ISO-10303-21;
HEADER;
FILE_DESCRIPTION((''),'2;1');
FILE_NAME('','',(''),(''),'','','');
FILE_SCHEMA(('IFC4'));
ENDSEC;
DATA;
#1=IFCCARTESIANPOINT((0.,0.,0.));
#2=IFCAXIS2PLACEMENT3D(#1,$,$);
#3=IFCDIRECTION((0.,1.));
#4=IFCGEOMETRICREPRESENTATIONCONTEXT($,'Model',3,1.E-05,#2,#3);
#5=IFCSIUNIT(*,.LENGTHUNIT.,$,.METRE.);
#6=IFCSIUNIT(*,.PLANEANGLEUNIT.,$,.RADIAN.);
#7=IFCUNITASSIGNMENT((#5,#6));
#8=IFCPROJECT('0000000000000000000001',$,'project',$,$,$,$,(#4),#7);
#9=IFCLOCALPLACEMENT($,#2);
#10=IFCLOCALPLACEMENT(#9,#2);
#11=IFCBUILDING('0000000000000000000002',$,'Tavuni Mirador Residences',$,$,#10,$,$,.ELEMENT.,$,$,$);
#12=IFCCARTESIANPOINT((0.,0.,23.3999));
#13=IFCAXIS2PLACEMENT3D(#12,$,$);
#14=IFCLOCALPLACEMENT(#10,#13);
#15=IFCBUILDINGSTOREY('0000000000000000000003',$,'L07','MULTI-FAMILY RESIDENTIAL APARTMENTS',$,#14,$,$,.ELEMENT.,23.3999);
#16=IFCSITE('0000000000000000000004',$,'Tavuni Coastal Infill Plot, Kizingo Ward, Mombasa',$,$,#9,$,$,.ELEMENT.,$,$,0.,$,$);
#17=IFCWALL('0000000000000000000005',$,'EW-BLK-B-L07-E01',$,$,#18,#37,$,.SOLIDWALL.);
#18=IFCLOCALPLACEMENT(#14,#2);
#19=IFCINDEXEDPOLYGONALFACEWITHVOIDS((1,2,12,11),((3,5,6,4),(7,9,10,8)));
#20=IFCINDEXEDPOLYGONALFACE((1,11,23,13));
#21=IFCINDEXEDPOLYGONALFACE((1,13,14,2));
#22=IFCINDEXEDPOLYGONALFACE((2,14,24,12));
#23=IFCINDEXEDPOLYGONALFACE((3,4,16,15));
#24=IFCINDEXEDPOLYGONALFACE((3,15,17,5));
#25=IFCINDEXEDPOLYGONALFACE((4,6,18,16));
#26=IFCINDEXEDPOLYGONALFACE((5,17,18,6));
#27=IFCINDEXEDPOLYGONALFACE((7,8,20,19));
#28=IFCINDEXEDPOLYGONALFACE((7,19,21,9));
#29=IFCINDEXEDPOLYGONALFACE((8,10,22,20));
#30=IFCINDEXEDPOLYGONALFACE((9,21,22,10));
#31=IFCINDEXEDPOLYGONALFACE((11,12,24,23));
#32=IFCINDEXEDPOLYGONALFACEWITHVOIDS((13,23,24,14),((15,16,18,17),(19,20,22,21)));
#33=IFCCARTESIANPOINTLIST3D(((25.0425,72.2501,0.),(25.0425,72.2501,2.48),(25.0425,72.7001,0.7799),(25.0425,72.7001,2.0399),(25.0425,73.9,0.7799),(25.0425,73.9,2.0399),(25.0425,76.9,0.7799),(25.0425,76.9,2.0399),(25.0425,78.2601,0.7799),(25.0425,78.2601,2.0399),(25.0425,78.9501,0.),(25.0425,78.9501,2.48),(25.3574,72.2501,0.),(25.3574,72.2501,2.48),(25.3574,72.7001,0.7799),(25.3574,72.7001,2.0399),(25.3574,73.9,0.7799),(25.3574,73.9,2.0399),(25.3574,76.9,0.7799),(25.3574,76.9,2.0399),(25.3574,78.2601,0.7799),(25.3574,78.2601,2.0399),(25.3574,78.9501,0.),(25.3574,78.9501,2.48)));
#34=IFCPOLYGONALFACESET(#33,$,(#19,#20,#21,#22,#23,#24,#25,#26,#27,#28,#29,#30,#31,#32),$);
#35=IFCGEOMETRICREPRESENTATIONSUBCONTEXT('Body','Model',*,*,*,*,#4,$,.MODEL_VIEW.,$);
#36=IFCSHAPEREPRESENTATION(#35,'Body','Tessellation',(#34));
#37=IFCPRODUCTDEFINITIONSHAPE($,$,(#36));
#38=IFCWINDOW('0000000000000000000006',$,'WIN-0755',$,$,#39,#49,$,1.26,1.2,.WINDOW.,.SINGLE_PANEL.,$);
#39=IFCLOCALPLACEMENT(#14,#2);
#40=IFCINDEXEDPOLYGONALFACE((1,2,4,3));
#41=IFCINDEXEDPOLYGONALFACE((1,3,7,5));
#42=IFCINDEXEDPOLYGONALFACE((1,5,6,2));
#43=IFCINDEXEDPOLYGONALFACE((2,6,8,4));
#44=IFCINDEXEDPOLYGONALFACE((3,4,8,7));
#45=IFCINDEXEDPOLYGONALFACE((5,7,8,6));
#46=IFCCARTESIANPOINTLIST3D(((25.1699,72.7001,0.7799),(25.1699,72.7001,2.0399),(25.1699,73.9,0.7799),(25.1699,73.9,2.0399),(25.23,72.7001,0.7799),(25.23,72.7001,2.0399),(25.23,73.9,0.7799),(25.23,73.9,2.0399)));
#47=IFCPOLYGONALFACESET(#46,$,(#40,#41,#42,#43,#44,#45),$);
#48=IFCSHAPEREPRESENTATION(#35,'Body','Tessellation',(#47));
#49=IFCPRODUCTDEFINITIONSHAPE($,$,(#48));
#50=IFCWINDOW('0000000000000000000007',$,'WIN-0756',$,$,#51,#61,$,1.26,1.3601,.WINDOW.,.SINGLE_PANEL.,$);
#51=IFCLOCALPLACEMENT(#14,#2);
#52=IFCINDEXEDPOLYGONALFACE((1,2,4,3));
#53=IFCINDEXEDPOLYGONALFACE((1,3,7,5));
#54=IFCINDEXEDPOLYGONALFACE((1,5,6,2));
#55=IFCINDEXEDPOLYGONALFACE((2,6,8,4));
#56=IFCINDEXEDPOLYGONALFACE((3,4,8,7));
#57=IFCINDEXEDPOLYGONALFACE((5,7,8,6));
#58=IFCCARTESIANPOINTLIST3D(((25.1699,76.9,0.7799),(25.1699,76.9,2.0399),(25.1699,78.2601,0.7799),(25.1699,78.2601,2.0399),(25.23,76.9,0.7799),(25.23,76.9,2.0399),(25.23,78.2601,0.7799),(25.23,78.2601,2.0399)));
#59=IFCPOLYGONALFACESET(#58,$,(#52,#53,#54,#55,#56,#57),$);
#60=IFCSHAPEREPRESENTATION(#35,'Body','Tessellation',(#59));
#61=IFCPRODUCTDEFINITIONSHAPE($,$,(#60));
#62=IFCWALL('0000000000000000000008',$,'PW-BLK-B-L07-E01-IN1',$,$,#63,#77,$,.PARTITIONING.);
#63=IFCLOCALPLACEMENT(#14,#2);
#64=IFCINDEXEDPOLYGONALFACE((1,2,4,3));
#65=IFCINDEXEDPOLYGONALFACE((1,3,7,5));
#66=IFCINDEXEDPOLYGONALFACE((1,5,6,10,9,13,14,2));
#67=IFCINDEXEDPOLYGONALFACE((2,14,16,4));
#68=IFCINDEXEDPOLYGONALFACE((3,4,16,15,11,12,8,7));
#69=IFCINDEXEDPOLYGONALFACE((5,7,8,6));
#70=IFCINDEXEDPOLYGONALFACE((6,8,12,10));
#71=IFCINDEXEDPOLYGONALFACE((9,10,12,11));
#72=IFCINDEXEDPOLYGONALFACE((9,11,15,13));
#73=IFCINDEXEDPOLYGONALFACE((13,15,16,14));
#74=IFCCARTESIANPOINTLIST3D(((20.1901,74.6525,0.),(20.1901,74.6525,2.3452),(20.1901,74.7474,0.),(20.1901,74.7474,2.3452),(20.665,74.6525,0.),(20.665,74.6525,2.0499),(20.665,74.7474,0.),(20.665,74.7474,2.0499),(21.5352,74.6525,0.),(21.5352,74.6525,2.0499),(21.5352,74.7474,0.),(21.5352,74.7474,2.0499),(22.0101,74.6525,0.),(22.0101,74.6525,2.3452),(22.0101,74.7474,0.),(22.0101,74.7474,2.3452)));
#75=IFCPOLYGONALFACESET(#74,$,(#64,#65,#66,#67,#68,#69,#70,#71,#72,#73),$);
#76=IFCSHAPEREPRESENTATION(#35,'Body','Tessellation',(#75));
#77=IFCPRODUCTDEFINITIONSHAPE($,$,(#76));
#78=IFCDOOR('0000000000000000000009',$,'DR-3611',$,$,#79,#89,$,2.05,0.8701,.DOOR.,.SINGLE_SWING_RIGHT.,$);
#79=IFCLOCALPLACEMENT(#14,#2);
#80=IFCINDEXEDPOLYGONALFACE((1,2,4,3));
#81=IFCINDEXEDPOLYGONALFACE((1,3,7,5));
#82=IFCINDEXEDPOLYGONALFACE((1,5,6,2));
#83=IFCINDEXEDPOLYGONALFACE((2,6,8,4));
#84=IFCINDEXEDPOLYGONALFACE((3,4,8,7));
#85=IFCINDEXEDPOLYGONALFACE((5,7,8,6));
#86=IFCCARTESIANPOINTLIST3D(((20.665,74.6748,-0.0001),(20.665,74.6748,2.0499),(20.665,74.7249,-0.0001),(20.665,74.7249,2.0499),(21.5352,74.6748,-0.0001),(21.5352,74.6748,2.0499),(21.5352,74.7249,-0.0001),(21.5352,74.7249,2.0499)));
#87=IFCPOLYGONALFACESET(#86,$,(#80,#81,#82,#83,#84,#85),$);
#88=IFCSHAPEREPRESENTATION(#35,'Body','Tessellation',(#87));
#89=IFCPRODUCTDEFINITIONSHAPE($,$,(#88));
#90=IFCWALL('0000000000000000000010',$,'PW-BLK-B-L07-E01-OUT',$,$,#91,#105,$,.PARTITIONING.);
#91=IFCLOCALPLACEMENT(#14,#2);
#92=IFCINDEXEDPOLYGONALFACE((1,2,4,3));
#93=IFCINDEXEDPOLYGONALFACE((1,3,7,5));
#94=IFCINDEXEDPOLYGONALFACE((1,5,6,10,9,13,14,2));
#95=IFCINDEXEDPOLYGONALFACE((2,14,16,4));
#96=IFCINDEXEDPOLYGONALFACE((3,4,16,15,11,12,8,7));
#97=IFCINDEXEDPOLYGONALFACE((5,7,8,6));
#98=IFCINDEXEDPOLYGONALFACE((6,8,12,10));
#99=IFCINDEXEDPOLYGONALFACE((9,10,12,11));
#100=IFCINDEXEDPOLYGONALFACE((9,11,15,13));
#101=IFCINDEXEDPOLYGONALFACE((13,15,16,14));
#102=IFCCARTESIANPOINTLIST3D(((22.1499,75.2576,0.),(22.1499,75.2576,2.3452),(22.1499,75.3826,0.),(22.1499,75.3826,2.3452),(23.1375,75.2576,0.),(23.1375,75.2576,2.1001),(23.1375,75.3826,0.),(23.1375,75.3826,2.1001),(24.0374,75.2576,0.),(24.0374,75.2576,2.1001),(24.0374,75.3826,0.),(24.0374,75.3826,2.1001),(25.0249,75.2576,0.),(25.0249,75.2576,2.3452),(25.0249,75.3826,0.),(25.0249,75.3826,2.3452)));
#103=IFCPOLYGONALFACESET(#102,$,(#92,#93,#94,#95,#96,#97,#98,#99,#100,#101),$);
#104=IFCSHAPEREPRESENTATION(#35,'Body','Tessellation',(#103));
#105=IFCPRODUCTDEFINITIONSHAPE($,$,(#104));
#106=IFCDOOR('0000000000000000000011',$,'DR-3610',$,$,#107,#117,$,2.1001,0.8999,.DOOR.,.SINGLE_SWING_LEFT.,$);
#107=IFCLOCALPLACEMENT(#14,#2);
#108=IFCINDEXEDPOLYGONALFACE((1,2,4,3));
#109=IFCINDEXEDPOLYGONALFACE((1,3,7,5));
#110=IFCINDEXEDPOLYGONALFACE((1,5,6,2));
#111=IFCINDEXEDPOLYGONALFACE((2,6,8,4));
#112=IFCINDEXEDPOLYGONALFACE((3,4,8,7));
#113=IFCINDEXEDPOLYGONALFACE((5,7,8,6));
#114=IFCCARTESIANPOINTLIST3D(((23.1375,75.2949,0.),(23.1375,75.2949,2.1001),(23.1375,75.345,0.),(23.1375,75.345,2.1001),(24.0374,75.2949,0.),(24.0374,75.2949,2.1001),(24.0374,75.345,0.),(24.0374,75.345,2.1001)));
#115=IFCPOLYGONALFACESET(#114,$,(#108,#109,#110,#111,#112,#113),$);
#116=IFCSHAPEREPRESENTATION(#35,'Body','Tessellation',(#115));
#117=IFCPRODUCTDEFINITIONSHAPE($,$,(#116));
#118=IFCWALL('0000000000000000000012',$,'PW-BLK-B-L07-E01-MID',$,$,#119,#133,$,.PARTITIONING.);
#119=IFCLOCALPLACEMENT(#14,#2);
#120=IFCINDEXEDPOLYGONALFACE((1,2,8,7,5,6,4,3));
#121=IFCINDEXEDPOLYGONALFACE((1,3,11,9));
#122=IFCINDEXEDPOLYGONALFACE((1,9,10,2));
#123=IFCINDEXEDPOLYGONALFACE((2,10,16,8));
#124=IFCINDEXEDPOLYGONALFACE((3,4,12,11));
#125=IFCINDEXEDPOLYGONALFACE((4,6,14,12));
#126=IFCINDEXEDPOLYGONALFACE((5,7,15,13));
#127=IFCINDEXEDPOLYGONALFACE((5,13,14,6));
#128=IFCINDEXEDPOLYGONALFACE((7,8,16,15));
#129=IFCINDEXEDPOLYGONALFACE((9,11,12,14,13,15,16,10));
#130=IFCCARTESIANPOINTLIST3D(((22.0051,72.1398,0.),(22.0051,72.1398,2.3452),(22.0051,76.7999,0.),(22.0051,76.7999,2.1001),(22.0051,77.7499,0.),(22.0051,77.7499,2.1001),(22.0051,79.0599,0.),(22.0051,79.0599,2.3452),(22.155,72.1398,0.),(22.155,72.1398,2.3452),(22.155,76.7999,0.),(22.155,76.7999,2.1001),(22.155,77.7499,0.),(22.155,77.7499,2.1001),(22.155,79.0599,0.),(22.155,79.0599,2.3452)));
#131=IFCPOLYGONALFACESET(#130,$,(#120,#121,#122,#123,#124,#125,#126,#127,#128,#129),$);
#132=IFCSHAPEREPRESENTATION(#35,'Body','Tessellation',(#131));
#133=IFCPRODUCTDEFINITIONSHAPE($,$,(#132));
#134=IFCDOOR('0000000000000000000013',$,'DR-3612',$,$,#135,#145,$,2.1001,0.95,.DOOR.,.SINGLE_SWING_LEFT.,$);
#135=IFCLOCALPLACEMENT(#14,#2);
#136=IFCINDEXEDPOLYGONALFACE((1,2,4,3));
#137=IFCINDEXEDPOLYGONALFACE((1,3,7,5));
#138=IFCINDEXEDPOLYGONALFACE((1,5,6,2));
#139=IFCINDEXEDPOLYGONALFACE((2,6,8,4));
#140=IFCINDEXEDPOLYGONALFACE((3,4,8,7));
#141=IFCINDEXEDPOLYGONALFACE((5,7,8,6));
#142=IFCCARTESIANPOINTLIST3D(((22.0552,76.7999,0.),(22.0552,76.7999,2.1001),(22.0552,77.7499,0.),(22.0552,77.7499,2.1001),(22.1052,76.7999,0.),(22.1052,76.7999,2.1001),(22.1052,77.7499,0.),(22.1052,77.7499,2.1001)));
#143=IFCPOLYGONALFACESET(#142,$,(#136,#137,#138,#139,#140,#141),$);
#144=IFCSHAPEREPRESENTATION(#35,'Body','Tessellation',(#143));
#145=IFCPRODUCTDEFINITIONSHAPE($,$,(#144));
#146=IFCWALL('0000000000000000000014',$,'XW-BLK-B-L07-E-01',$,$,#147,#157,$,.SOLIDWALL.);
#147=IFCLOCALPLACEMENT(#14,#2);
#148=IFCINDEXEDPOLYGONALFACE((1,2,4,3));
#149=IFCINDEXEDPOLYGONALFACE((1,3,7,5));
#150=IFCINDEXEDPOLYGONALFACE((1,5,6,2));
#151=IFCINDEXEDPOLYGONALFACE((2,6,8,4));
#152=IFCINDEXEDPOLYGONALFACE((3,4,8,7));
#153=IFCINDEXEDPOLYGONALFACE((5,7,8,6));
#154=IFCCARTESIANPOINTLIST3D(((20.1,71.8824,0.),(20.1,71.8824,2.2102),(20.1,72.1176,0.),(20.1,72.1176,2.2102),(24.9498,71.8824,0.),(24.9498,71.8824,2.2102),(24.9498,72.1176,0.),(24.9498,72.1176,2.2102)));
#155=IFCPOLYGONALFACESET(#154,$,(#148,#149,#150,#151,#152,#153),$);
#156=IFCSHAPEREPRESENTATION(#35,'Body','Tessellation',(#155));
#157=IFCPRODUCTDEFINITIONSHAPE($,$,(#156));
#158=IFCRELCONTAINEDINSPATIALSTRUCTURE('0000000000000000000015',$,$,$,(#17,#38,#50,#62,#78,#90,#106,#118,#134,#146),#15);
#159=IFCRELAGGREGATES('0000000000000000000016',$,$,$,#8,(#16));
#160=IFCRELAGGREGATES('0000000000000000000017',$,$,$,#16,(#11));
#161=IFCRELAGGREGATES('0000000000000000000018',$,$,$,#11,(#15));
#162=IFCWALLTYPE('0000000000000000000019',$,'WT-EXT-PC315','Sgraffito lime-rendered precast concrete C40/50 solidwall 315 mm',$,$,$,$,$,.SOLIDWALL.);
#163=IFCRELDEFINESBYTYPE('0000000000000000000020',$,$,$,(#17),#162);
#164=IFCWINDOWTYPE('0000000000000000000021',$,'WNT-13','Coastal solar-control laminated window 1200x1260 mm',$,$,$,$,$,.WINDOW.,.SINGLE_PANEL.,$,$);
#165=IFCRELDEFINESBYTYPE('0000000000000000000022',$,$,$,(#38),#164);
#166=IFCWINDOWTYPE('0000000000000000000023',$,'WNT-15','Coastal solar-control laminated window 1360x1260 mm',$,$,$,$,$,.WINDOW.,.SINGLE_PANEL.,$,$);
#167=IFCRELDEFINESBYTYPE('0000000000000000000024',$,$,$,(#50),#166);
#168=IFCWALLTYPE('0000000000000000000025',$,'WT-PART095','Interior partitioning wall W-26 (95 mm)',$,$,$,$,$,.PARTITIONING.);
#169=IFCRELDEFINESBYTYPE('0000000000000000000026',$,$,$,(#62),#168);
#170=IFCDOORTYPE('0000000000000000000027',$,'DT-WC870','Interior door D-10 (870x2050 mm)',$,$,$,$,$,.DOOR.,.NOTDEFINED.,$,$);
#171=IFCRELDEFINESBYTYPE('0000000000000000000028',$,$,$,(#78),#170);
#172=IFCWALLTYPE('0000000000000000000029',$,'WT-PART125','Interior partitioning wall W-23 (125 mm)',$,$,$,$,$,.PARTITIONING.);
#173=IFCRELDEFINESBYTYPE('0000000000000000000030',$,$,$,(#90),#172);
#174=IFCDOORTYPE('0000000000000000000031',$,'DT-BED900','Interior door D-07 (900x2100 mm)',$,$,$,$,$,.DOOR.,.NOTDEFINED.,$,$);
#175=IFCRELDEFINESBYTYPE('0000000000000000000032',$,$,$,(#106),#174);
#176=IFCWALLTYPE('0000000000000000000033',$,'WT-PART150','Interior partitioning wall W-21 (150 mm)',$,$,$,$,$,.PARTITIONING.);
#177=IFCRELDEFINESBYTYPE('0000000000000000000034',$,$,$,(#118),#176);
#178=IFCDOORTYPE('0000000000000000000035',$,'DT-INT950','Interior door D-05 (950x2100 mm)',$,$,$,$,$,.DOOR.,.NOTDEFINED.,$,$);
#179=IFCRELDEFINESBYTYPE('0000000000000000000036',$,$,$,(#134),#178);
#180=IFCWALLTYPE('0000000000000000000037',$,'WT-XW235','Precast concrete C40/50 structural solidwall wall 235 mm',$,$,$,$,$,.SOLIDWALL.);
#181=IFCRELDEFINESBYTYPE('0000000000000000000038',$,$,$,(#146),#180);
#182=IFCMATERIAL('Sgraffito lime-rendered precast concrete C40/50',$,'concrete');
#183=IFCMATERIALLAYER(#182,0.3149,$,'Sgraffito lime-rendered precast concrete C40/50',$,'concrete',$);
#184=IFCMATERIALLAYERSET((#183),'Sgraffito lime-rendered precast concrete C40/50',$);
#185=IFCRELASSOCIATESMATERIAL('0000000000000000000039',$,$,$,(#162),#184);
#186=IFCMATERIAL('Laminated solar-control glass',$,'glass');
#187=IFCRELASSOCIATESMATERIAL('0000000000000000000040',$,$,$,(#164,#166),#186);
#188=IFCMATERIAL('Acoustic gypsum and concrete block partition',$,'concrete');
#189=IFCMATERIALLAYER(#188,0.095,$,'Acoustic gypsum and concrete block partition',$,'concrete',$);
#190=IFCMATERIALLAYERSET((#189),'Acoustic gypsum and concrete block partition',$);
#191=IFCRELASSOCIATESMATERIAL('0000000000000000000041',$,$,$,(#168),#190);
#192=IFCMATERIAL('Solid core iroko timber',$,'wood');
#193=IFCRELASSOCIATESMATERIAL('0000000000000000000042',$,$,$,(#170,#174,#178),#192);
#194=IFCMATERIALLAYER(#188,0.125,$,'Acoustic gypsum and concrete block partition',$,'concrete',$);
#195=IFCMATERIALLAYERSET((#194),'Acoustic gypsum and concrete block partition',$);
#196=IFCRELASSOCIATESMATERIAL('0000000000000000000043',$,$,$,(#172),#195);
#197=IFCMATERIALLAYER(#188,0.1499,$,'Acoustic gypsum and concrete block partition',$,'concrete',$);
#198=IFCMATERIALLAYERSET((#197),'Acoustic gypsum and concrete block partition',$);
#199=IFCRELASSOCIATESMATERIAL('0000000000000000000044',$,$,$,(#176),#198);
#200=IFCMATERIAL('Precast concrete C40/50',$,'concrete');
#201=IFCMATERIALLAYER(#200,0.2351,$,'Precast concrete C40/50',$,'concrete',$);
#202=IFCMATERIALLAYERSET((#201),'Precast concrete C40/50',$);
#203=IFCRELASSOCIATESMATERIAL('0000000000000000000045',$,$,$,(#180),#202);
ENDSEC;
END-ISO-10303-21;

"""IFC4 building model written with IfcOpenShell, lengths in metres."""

from ifc_helpers import new_model, si_unit, direction, frame, frame_2d, origin, place, context, subcontext, project, spatial, rectangle, extrude, material, layer, layer_set, type_object, element, fill, save


model = new_model("IFC4")

# Units and contexts
model_context = context("Model", 3, precision=1e-05, world=origin(), true_north=direction((0.0, 1.0)))
body_context = subcontext(model_context, "Body", "Model", "MODEL_VIEW")
ifc_project = project(units=[si_unit("LENGTHUNIT", "METRE"), si_unit("PLANEANGLEUNIT", "RADIAN")], contexts=[model_context])

# Site, building, storey
site_placement = place(None, origin())
site = spatial("IfcSite", under=ifc_project, at=site_placement, Name="Tavuni Coastal Infill Plot, Kizingo Ward, Mombasa", CompositionType="ELEMENT", RefElevation=0.0)
building_placement = place(site_placement, origin())
building = spatial("IfcBuilding", under=site, at=building_placement, Name="Tavuni Mirador Residences", CompositionType="ELEMENT")
storey_placement = place(building_placement, frame((0.0, 0.0, 23.3999)))
storey = spatial("IfcBuildingStorey", under=building, at=storey_placement, Name="L07", Description="MULTI-FAMILY RESIDENTIAL APARTMENTS", CompositionType="ELEMENT", Elevation=23.3999)

# Shared definitions
ifc_material_1 = material(Name="Precast concrete C40/50", Category="concrete")

# Shared definitions
ifc_material_2 = material(Name="Solid core iroko timber", Category="wood")

# Wall, openings, windows
ifc_material_3 = material(Name="Sgraffito lime-rendered precast concrete C40/50", Category="concrete")
ifc_layer_1 = layer(ifc_material_3, 0.3149, Name="Sgraffito lime-rendered precast concrete C40/50", Category="concrete")
ifc_layer_set_1 = layer_set([ifc_layer_1], Name="Sgraffito lime-rendered precast concrete C40/50")
wall_type_1 = type_object("IfcWallType", Name="WT-EXT-PC315", Description="Sgraffito lime-rendered precast concrete C40/50 solidwall 315 mm", PredefinedType="SOLIDWALL", material=ifc_layer_set_1)
wall_1_placement = place(storey_placement, frame((25.2, 72.25, 0.0), z_axis=(0.0, 0.0, 1.0), x_axis=(0.0, 1.0, 0.0)))
wall_1 = element("IfcWall", 1, at=wall_1_placement, inside=storey, type_object=wall_type_1, Name="EW-BLK-B-L07-E01", PredefinedType="SOLIDWALL", context=body_context, shape_type="SweptSolid", body=[
    extrude(rectangle(XDim=6.7, YDim=0.3149, at=frame_2d((3.3501, 0.0))), origin(), (0.0, 0.0, 1.0), 2.48),
])
opening_1_placement = place(wall_1_placement, frame((0.45, 0.0, 0.78)))
opening_1 = element("IfcOpeningElement", 2, at=opening_1_placement, cuts=wall_1, PredefinedType="OPENING", context=body_context, shape_type="SweptSolid", body=[
    extrude(rectangle(XDim=1.2, YDim=1.26, at=frame_2d((0.6001, 0.6299))), frame((0.0, 0.1675, 0.0), z_axis=(0.0, -1.0, 0.0), x_axis=(1.0, 0.0, 0.0)), (0.0, 0.0, 1.0), 0.335),
])
opening_2_placement = place(wall_1_placement, frame((4.6499, 0.0, 0.78)))
opening_2 = element("IfcOpeningElement", 3, at=opening_2_placement, cuts=wall_1, PredefinedType="OPENING", context=body_context, shape_type="SweptSolid", body=[
    extrude(rectangle(XDim=1.3601, YDim=1.26, at=frame_2d((0.6802, 0.6299))), frame((0.0, 0.1675, 0.0), z_axis=(0.0, -1.0, 0.0), x_axis=(1.0, 0.0, 0.0)), (0.0, 0.0, 1.0), 0.335),
])
ifc_material_4 = material(Name="Laminated solar-control glass", Category="glass")
window_type_1 = type_object("IfcWindowType", Name="WNT-13", Description="Coastal solar-control laminated window 1200x1260 mm", PartitioningType="SINGLE_PANEL", PredefinedType="WINDOW", material=ifc_material_4)
window_1_placement = place(opening_1_placement, origin())
window_1 = element("IfcWindow", 4, at=window_1_placement, inside=storey, type_object=window_type_1, Name="WIN-0755", OverallHeight=1.26, OverallWidth=1.2, PartitioningType="SINGLE_PANEL", PredefinedType="WINDOW", context=body_context, shape_type="SweptSolid", body=[
    extrude(rectangle(XDim=1.2, YDim=1.26, at=frame_2d((0.6001, 0.6299))), frame((0.0, 0.03, 0.0), z_axis=(0.0, -1.0, 0.0), x_axis=(1.0, 0.0, 0.0)), (0.0, 0.0, 1.0), 0.0601),
])
fill(opening_1, window_1)
window_type_2 = type_object("IfcWindowType", Name="WNT-15", Description="Coastal solar-control laminated window 1360x1260 mm", PartitioningType="SINGLE_PANEL", PredefinedType="WINDOW", material=ifc_material_4)
window_2_placement = place(opening_2_placement, origin())
window_2 = element("IfcWindow", 5, at=window_2_placement, inside=storey, type_object=window_type_2, Name="WIN-0756", OverallHeight=1.26, OverallWidth=1.3601, PartitioningType="SINGLE_PANEL", PredefinedType="WINDOW", context=body_context, shape_type="SweptSolid", body=[
    extrude(rectangle(XDim=1.3601, YDim=1.26, at=frame_2d((0.6802, 0.6299))), frame((0.0, 0.03, 0.0), z_axis=(0.0, -1.0, 0.0), x_axis=(1.0, 0.0, 0.0)), (0.0, 0.0, 1.0), 0.0601),
])
fill(opening_2, window_2)

# Walls, openings, doors
ifc_material_5 = material(Name="Acoustic gypsum and concrete block partition", Category="concrete")
ifc_layer_2 = layer(ifc_material_5, 0.095, Name="Acoustic gypsum and concrete block partition", Category="concrete")
ifc_layer_set_2 = layer_set([ifc_layer_2], Name="Acoustic gypsum and concrete block partition")
wall_type_2 = type_object("IfcWallType", Name="WT-PART095", Description="Interior partitioning wall W-26 (95 mm)", PredefinedType="PARTITIONING", material=ifc_layer_set_2)
wall_2_placement = place(storey_placement, frame((20.1899, 74.7, 0.0), z_axis=(0.0, 0.0, 1.0), x_axis=(1.0, 0.0, 0.0)))
wall_2 = element("IfcWall", 6, at=wall_2_placement, inside=storey, type_object=wall_type_2, Name="PW-BLK-B-L07-E01-IN1", PredefinedType="PARTITIONING", context=body_context, shape_type="SweptSolid", body=[
    extrude(rectangle(XDim=1.8201, YDim=0.095, at=frame_2d((0.9102, 0.0))), origin(), (0.0, 0.0, 1.0), 2.3452),
])
opening_3_placement = place(wall_2_placement, frame((0.4751, 0.0, 0.0)))
opening_3 = element("IfcOpeningElement", 7, at=opening_3_placement, cuts=wall_2, PredefinedType="OPENING", context=body_context, shape_type="SweptSolid", body=[
    extrude(rectangle(XDim=0.8701, YDim=2.05, at=frame_2d((0.4351, 1.0249))), frame((0.0, 0.0576, 0.0), z_axis=(0.0, -1.0, 0.0), x_axis=(1.0, 0.0, 0.0)), (0.0, 0.0, 1.0), 0.115),
])
door_type_1 = type_object("IfcDoorType", Name="DT-WC870", Description="Interior door D-10 (870x2050 mm)", OperationType="NOTDEFINED", PredefinedType="DOOR", material=ifc_material_2)
door_1_placement = place(opening_3_placement, origin())
door_1 = element("IfcDoor", 8, at=door_1_placement, inside=storey, type_object=door_type_1, Name="DR-3611", OperationType="SINGLE_SWING_RIGHT", OverallHeight=2.05, OverallWidth=0.8701, PredefinedType="DOOR", context=body_context, shape_type="SweptSolid", body=[
    extrude(rectangle(XDim=0.8701, YDim=2.05, at=frame_2d((0.4351, 1.0249))), frame((0.0, 0.0249, 0.0), z_axis=(0.0, -1.0, 0.0), x_axis=(1.0, 0.0, 0.0)), (0.0, 0.0, 1.0), 0.05),
])
fill(opening_3, door_1)
ifc_layer_3 = layer(ifc_material_5, 0.125, Name="Acoustic gypsum and concrete block partition", Category="concrete")
ifc_layer_set_3 = layer_set([ifc_layer_3], Name="Acoustic gypsum and concrete block partition")
wall_type_3 = type_object("IfcWallType", Name="WT-PART125", Description="Interior partitioning wall W-23 (125 mm)", PredefinedType="PARTITIONING", material=ifc_layer_set_3)
wall_3_placement = place(storey_placement, frame((22.1499, 75.3201, 0.0), z_axis=(0.0, 0.0, 1.0), x_axis=(1.0, 0.0, 0.0)))
wall_3 = element("IfcWall", 9, at=wall_3_placement, inside=storey, type_object=wall_type_3, Name="PW-BLK-B-L07-E01-OUT", PredefinedType="PARTITIONING", context=body_context, shape_type="SweptSolid", body=[
    extrude(rectangle(XDim=2.875, YDim=0.125, at=frame_2d((1.4375, 0.0))), origin(), (0.0, 0.0, 1.0), 2.3452),
])
opening_4_placement = place(wall_3_placement, frame((0.9875, 0.0, 0.0)))
opening_4 = element("IfcOpeningElement", 10, at=opening_4_placement, cuts=wall_3, PredefinedType="OPENING", context=body_context, shape_type="SweptSolid", body=[
    extrude(rectangle(XDim=0.8999, YDim=2.1001, at=frame_2d((0.45, 1.05))), frame((0.0, 0.0725, 0.0), z_axis=(0.0, -1.0, 0.0), x_axis=(1.0, 0.0, 0.0)), (0.0, 0.0, 1.0), 0.145),
])
door_type_2 = type_object("IfcDoorType", Name="DT-BED900", Description="Interior door D-07 (900x2100 mm)", OperationType="NOTDEFINED", PredefinedType="DOOR", material=ifc_material_2)
door_2_placement = place(opening_4_placement, origin())
door_2 = element("IfcDoor", 11, at=door_2_placement, inside=storey, type_object=door_type_2, Name="DR-3610", OperationType="SINGLE_SWING_LEFT", OverallHeight=2.1001, OverallWidth=0.8999, PredefinedType="DOOR", context=body_context, shape_type="SweptSolid", body=[
    extrude(rectangle(XDim=0.8999, YDim=2.1001, at=frame_2d((0.45, 1.05))), frame((0.0, 0.0249, 0.0), z_axis=(0.0, -1.0, 0.0), x_axis=(1.0, 0.0, 0.0)), (0.0, 0.0, 1.0), 0.05),
])
fill(opening_4, door_2)
ifc_layer_4 = layer(ifc_material_5, 0.1499, Name="Acoustic gypsum and concrete block partition", Category="concrete")
ifc_layer_set_4 = layer_set([ifc_layer_4], Name="Acoustic gypsum and concrete block partition")
wall_type_4 = type_object("IfcWallType", Name="WT-PART150", Description="Interior partitioning wall W-21 (150 mm)", PredefinedType="PARTITIONING", material=ifc_layer_set_4)
wall_4_placement = place(storey_placement, frame((22.0801, 72.1399, 0.0), z_axis=(0.0, 0.0, 1.0), x_axis=(0.0, 1.0, 0.0)))
wall_4 = element("IfcWall", 12, at=wall_4_placement, inside=storey, type_object=wall_type_4, Name="PW-BLK-B-L07-E01-MID", PredefinedType="PARTITIONING", context=body_context, shape_type="SweptSolid", body=[
    extrude(rectangle(XDim=6.9202, YDim=0.1499, at=frame_2d((3.46, 0.0))), origin(), (0.0, 0.0, 1.0), 2.3452),
])
opening_5_placement = place(wall_4_placement, frame((4.6599, 0.0, 0.0)))
opening_5 = element("IfcOpeningElement", 13, at=opening_5_placement, cuts=wall_4, PredefinedType="OPENING", context=body_context, shape_type="SweptSolid", body=[
    extrude(rectangle(XDim=0.95, YDim=2.1001, at=frame_2d((0.4751, 1.05))), frame((0.0, 0.085, 0.0), z_axis=(0.0, -1.0, 0.0), x_axis=(1.0, 0.0, 0.0)), (0.0, 0.0, 1.0), 0.1699),
])
door_type_3 = type_object("IfcDoorType", Name="DT-INT950", Description="Interior door D-05 (950x2100 mm)", OperationType="NOTDEFINED", PredefinedType="DOOR", material=ifc_material_2)
door_3_placement = place(opening_5_placement, origin())
door_3 = element("IfcDoor", 14, at=door_3_placement, inside=storey, type_object=door_type_3, Name="DR-3612", OperationType="SINGLE_SWING_LEFT", OverallHeight=2.1001, OverallWidth=0.95, PredefinedType="DOOR", context=body_context, shape_type="SweptSolid", body=[
    extrude(rectangle(XDim=0.95, YDim=2.1001, at=frame_2d((0.4751, 1.05))), frame((0.0, 0.0249, 0.0), z_axis=(0.0, -1.0, 0.0), x_axis=(1.0, 0.0, 0.0)), (0.0, 0.0, 1.0), 0.05),
])
fill(opening_5, door_3)

# Wall
ifc_layer_5 = layer(ifc_material_1, 0.2351, Name="Precast concrete C40/50", Category="concrete")
ifc_layer_set_5 = layer_set([ifc_layer_5], Name="Precast concrete C40/50")
wall_type_5 = type_object("IfcWallType", Name="WT-XW235", Description="Precast concrete C40/50 structural solidwall wall 235 mm", PredefinedType="SOLIDWALL", material=ifc_layer_set_5)
for number, where, z_axis, x_axis, name in (
    (15, (20.1001, 72.0, 0.0), (0.0, 0.0, 1.0), (1.0, 0.0, 0.0), "XW-BLK-B-L07-E-01"),
):
    element("IfcWall", number, at=place(storey_placement, frame(where, z_axis=z_axis, x_axis=x_axis)), inside=storey, type_object=wall_type_5, Name=name, PredefinedType="SOLIDWALL", context=body_context, shape_type="SweptSolid", body=[
        extrude(rectangle(XDim=4.8499, YDim=0.2351, at=frame_2d((2.4248, 0.0))), origin(), (0.0, 0.0, 1.0), 2.2102),
    ])

save(model, "model.ifc")
